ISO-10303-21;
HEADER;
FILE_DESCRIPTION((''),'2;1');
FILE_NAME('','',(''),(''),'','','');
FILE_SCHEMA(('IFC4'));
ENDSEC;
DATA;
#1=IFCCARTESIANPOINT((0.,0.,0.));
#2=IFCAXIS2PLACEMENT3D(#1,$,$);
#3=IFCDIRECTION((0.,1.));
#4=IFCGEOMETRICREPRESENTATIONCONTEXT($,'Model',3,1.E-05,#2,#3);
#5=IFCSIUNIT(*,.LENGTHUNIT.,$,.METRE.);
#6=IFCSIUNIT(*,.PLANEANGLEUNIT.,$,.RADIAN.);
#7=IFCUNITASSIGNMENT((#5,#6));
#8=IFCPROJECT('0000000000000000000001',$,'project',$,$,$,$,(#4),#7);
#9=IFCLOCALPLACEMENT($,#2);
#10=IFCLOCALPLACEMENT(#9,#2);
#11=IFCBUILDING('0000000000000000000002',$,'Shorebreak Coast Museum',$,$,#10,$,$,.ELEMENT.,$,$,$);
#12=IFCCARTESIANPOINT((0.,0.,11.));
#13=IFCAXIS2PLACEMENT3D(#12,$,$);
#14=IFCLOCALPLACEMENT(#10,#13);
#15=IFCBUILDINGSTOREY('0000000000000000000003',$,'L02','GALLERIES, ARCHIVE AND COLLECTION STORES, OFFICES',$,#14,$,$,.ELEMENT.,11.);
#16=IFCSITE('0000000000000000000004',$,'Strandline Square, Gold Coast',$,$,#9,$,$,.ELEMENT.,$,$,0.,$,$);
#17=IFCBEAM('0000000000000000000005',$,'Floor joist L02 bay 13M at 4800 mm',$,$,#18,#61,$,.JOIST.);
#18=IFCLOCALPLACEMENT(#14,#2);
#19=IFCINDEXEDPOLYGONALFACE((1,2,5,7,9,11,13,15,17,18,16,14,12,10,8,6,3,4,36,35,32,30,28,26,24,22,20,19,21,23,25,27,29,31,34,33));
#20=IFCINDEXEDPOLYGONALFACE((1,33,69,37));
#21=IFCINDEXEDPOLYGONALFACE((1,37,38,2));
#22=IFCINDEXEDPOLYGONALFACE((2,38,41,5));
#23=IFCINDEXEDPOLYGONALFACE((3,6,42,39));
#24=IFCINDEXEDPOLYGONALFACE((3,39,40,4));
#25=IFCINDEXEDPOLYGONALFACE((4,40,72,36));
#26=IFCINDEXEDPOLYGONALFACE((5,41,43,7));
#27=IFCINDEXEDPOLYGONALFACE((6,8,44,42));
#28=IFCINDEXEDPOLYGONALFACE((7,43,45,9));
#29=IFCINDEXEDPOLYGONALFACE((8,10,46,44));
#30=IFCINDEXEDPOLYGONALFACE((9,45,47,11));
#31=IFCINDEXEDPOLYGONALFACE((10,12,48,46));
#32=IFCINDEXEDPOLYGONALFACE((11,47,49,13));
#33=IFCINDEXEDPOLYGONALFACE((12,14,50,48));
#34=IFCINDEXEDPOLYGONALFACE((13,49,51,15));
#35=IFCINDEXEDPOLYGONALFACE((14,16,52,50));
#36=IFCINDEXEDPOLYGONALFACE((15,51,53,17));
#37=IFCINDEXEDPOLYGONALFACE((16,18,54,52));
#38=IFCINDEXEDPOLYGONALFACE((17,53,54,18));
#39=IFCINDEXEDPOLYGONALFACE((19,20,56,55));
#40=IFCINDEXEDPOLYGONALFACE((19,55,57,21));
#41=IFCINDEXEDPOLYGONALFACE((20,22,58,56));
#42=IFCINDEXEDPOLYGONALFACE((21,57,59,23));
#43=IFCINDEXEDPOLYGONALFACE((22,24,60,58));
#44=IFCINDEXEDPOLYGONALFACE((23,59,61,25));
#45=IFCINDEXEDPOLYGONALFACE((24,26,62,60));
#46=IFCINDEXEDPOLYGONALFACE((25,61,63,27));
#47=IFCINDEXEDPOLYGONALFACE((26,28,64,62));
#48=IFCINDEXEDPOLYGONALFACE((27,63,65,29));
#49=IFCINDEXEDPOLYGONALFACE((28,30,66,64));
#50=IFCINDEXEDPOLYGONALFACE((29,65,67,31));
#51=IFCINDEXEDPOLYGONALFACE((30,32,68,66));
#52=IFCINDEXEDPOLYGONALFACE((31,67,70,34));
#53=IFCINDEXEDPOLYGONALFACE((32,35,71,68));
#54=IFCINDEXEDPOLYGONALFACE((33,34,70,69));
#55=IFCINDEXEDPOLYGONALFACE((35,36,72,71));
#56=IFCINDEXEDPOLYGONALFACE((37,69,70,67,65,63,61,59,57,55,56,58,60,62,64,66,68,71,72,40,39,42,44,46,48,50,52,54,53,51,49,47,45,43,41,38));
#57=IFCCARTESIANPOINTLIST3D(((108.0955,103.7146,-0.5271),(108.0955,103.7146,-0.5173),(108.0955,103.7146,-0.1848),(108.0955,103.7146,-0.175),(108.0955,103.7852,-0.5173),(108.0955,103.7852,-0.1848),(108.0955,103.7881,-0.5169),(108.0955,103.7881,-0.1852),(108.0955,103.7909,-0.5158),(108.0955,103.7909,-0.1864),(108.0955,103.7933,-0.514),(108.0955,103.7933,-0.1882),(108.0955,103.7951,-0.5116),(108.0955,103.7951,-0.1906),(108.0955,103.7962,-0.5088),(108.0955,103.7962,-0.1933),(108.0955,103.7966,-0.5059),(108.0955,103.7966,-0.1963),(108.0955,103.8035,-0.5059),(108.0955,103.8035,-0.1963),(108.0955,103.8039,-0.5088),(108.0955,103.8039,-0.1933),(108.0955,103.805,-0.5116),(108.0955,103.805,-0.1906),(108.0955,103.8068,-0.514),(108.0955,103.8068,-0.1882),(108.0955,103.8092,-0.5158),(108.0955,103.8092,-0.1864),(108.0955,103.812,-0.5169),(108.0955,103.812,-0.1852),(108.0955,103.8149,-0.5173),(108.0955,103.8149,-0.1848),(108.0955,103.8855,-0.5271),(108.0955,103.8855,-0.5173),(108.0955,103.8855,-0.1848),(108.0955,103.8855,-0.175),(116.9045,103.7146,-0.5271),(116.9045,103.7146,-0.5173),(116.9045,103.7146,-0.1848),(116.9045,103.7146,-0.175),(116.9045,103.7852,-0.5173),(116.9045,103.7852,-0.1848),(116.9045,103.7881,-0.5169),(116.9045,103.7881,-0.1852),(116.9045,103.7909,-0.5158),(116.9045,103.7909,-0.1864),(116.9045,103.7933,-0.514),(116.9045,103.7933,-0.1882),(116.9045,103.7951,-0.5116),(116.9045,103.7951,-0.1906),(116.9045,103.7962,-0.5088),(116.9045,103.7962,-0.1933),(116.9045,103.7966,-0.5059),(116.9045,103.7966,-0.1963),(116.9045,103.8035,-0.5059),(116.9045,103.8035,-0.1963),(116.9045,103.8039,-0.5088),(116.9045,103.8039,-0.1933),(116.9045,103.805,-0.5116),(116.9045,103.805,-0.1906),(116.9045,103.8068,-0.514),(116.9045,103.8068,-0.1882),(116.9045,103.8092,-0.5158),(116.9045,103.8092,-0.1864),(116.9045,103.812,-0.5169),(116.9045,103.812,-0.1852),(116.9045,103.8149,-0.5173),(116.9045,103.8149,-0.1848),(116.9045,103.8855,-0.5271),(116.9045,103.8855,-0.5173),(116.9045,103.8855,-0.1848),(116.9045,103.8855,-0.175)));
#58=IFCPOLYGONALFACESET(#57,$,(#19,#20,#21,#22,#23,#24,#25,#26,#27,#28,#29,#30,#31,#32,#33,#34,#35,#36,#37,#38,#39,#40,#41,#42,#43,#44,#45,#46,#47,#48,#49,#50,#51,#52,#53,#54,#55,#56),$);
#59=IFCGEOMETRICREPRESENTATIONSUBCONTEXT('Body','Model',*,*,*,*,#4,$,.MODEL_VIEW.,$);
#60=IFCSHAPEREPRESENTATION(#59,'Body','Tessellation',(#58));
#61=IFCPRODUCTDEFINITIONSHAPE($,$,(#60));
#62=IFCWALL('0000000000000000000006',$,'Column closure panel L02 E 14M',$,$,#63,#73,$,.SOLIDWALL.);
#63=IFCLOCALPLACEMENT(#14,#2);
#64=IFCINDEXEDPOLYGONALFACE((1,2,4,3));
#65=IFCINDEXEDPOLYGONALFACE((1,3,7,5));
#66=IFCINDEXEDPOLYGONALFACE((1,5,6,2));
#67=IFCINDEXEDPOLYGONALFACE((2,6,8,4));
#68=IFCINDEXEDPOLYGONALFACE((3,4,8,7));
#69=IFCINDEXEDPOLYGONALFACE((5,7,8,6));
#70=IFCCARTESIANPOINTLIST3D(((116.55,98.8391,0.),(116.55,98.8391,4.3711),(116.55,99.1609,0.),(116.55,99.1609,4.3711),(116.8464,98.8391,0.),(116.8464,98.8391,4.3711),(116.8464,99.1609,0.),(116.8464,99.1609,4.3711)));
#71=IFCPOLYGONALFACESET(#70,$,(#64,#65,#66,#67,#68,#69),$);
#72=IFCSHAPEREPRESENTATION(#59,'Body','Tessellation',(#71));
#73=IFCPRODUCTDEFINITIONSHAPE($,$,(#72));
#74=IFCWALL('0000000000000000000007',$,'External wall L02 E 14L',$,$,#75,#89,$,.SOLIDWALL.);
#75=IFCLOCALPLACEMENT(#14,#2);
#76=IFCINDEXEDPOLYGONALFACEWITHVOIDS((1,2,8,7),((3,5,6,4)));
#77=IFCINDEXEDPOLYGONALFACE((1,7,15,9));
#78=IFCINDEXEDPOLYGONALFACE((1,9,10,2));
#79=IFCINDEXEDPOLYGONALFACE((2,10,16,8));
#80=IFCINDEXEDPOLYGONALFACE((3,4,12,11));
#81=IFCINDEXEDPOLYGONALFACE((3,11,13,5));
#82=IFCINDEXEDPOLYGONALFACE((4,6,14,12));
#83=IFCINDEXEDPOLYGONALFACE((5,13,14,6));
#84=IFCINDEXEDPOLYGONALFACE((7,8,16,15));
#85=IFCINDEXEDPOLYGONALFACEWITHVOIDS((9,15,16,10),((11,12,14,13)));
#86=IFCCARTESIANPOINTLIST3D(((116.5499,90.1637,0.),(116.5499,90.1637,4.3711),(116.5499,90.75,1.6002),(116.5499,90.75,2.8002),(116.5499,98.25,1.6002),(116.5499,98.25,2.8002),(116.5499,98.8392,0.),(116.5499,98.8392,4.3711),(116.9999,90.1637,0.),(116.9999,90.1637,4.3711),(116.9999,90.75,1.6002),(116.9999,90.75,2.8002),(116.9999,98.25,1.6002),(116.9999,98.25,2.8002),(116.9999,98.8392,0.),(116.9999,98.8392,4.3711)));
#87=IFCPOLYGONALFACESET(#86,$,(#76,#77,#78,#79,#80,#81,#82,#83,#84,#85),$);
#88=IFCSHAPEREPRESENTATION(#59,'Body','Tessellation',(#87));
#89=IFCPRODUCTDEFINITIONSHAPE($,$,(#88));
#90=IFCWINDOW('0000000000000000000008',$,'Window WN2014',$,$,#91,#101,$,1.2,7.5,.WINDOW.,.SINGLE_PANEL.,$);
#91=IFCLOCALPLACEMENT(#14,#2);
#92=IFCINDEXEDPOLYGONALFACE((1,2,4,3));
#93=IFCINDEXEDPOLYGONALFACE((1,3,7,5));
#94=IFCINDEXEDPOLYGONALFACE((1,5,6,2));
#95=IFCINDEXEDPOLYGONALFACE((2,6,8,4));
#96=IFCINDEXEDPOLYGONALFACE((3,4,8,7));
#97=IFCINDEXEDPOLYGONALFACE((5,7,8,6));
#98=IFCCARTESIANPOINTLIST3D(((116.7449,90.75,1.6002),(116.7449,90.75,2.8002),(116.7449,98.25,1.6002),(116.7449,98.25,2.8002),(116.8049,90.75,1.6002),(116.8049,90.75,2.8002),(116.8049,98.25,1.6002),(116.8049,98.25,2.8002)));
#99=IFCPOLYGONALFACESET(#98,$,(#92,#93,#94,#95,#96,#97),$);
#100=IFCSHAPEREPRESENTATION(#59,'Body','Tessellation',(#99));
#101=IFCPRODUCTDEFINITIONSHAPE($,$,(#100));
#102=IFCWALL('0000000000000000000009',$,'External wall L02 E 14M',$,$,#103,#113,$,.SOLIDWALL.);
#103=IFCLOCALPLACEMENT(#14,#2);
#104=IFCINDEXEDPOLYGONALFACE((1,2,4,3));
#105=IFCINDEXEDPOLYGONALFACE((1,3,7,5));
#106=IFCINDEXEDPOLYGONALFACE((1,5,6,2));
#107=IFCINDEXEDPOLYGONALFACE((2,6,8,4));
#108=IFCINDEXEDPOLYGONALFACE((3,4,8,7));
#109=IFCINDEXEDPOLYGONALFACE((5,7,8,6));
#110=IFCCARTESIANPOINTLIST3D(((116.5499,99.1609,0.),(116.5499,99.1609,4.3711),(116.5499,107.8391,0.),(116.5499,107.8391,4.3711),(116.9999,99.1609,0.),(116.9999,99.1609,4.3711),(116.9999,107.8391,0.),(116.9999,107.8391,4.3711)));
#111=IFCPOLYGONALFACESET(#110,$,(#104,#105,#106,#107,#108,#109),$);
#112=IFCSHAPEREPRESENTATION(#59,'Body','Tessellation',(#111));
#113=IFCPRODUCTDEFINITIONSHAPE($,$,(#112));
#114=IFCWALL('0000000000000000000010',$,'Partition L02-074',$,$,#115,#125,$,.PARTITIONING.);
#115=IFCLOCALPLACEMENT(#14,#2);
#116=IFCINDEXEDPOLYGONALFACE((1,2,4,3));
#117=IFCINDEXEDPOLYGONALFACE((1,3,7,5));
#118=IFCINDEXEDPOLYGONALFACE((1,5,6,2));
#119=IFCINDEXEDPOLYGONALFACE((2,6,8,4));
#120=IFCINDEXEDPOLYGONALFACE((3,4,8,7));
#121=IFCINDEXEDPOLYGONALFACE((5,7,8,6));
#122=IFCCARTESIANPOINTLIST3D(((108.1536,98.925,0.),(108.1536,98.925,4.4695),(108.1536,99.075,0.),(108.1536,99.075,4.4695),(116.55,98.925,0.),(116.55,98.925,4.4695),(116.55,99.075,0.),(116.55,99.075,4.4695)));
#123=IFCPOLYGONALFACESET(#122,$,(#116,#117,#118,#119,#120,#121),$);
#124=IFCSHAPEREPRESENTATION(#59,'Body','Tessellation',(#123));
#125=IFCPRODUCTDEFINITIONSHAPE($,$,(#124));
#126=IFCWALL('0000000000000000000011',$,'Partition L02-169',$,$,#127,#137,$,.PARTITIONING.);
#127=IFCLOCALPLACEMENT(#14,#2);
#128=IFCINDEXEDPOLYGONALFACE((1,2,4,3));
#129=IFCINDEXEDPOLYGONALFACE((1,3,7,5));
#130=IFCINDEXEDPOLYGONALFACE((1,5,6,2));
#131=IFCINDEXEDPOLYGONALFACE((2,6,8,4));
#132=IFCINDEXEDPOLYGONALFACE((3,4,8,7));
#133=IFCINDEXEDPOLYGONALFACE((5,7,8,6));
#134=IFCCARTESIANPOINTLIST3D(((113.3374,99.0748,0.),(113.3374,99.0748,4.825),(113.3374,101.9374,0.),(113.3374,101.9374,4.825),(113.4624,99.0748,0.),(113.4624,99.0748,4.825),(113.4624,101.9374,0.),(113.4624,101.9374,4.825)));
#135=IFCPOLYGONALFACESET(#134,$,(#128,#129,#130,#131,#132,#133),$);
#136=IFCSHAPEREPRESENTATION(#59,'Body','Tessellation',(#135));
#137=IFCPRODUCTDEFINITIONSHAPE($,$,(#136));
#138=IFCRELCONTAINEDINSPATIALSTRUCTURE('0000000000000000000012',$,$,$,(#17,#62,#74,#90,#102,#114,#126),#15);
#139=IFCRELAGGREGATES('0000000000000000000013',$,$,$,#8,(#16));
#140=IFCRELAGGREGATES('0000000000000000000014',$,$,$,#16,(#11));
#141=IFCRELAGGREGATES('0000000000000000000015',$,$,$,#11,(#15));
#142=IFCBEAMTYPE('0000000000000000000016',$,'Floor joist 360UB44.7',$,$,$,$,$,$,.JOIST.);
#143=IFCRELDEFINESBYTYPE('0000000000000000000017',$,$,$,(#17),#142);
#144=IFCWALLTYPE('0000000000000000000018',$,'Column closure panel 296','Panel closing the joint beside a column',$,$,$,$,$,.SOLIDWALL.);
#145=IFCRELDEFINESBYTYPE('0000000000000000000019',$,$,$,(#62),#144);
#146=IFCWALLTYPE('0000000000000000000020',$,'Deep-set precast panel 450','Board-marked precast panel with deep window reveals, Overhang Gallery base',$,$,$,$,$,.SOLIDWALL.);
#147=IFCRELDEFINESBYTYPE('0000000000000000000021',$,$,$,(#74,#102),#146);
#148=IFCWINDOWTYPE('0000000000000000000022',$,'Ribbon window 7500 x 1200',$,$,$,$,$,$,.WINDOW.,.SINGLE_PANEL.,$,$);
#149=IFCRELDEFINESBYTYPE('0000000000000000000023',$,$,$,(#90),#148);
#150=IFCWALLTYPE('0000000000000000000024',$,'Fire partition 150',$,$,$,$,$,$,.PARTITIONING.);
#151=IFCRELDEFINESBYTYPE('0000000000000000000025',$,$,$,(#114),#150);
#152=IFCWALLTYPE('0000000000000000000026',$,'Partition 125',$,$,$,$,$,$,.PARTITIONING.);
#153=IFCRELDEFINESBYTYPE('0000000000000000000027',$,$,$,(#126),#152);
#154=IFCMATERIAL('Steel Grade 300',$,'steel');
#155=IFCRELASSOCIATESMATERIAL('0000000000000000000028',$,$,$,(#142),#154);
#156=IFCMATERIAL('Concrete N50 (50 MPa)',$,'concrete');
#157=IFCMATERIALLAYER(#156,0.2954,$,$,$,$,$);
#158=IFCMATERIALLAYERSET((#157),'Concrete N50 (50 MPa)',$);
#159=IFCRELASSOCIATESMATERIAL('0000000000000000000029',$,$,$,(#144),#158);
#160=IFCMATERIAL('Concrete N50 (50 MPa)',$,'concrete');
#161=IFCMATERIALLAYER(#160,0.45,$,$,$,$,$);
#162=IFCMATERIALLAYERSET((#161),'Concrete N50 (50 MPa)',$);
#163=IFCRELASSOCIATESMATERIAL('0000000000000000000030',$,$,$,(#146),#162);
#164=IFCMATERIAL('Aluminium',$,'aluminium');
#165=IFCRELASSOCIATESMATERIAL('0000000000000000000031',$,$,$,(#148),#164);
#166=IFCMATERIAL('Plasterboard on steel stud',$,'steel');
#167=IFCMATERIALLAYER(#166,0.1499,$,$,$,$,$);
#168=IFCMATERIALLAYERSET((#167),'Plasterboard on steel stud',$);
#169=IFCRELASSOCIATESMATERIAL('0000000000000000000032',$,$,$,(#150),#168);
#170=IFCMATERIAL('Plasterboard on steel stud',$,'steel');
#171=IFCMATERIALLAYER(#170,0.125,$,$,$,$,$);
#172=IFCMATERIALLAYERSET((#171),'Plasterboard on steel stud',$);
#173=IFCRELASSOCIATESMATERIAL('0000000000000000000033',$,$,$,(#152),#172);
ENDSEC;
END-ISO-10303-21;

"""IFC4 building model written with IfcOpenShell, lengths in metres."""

from ifc_helpers import new_model, si_unit, direction, frame, frame_2d, origin, origin_2d, place, context, subcontext, project, spatial, rectangle, i_section, extrude, material, layer, layer_set, material_profile, profile_set, type_object, element, fill, save


model = new_model("IFC4")

# Units and contexts
model_context = context("Model", 3, precision=1e-05, world=origin(), true_north=direction((0.0, 1.0)))
body_context = subcontext(model_context, "Body", "Model", "MODEL_VIEW")
ifc_project = project(units=[si_unit("LENGTHUNIT", "METRE"), si_unit("PLANEANGLEUNIT", "RADIAN")], contexts=[model_context])

# Site, building, storey
site_placement = place(None, origin())
site = spatial("IfcSite", under=ifc_project, at=site_placement, Name="Strandline Square, Gold Coast", CompositionType="ELEMENT", RefElevation=0.0)
building_placement = place(site_placement, origin())
building = spatial("IfcBuilding", under=site, at=building_placement, Name="Shorebreak Coast Museum", CompositionType="ELEMENT")
storey_placement = place(building_placement, frame((0.0, 0.0, 11.0)))
storey = spatial("IfcBuildingStorey", under=building, at=storey_placement, Name="L02", Description="GALLERIES, ARCHIVE AND COLLECTION STORES, OFFICES", CompositionType="ELEMENT", Elevation=11.0)

# Beam
ifc_material_1 = material(Name="Steel Grade 300", Category="steel")
ifc_material_profile_1 = material_profile(ifc_material_1, i_section(OverallWidth=0.1709, OverallDepth=0.3521, WebThickness=0.0068, FlangeThickness=0.0098, FilletRadius=0.0115, at=origin_2d()), Name="360UB44.7")
ifc_profile_set_1 = profile_set([ifc_material_profile_1], Name="Steel Grade 300")
beam_type_1 = type_object("IfcBeamType", Name="Floor joist 360UB44.7", PredefinedType="JOIST", material=ifc_profile_set_1)
for number, where, z_axis, x_axis, name in (
    (1, (108.0955, 103.8, -0.3511), (1.0, 0.0, 0.0), (0.0, 1.0, 0.0), "Floor joist L02 bay 13M at 4800 mm"),
):
    element("IfcBeam", number, at=place(storey_placement, frame(where, z_axis=z_axis, x_axis=x_axis)), inside=storey, type_object=beam_type_1, Name=name, PredefinedType="JOIST", context=body_context, shape_type="SweptSolid", body=[
        extrude(i_section(OverallWidth=0.1709, OverallDepth=0.3521, WebThickness=0.0068, FlangeThickness=0.0098, FilletRadius=0.0115, at=origin_2d()), origin(), (0.0, 0.0, 1.0), 8.8091),
    ])

# Wall
ifc_material_2 = material(Name="Concrete N50 (50 MPa)", Category="concrete")
ifc_layer_1 = layer(ifc_material_2, 0.2954)
ifc_layer_set_1 = layer_set([ifc_layer_1], Name="Concrete N50 (50 MPa)")
wall_type_1 = type_object("IfcWallType", Name="Column closure panel 296", Description="Panel closing the joint beside a column", PredefinedType="SOLIDWALL", material=ifc_layer_set_1)
wall_1_placement = place(storey_placement, frame((116.6982, 98.8391, 0.0), z_axis=(0.0, 0.0, 1.0), x_axis=(0.0, 1.0, 0.0)))
element("IfcWall", 2, at=wall_1_placement, inside=storey, type_object=wall_type_1, Name="Column closure panel L02 E 14M", PredefinedType="SOLIDWALL", context=body_context, shape_type="SweptSolid", body=[
    extrude(rectangle(XDim=0.3218, YDim=0.2964, at=frame_2d((0.1609, 0.0))), origin(), (0.0, 0.0, 1.0), 4.3711),
])

# Wall, opening, window
ifc_material_3 = material(Name="Concrete N50 (50 MPa)", Category="concrete")
ifc_layer_2 = layer(ifc_material_3, 0.45)
ifc_layer_set_2 = layer_set([ifc_layer_2], Name="Concrete N50 (50 MPa)")
wall_type_2 = type_object("IfcWallType", Name="Deep-set precast panel 450", Description="Board-marked precast panel with deep window reveals, Overhang Gallery base", PredefinedType="SOLIDWALL", material=ifc_layer_set_2)
wall_2_placement = place(storey_placement, frame((116.7749, 90.1636, 0.0), z_axis=(0.0, 0.0, 1.0), x_axis=(0.0, 1.0, 0.0)))
wall_2 = element("IfcWall", 3, at=wall_2_placement, inside=storey, type_object=wall_type_2, Name="External wall L02 E 14L", PredefinedType="SOLIDWALL", context=body_context, shape_type="SweptSolid", body=[
    extrude(rectangle(XDim=8.6755, YDim=0.45, at=frame_2d((4.3379, 0.0))), origin(), (0.0, 0.0, 1.0), 4.3711),
])
opening_1_placement = place(wall_2_placement, frame((0.5864, 0.0, 1.6001)))
opening_1 = element("IfcOpeningElement", 4, at=opening_1_placement, cuts=wall_2, PredefinedType="OPENING", context=body_context, shape_type="SweptSolid", body=[
    extrude(rectangle(XDim=7.5, YDim=1.2, at=frame_2d((3.75, 0.6001))), frame((0.0, 0.2349, 0.0), z_axis=(0.0, -1.0, 0.0), x_axis=(1.0, 0.0, 0.0)), (0.0, 0.0, 1.0), 0.47),
])
ifc_material_4 = material(Name="Aluminium", Category="aluminium")
window_type_1 = type_object("IfcWindowType", Name="Ribbon window 7500 x 1200", PartitioningType="SINGLE_PANEL", PredefinedType="WINDOW", material=ifc_material_4)
window_1_placement = place(opening_1_placement, origin())
window_1 = element("IfcWindow", 5, at=window_1_placement, inside=storey, type_object=window_type_1, Name="Window WN2014", OverallHeight=1.2, OverallWidth=7.5, PartitioningType="SINGLE_PANEL", PredefinedType="WINDOW", context=body_context, shape_type="SweptSolid", body=[
    extrude(rectangle(XDim=7.5, YDim=1.2, at=frame_2d((3.75, 0.6001))), frame((0.0, 0.03, 0.0), z_axis=(0.0, -1.0, 0.0), x_axis=(1.0, 0.0, 0.0)), (0.0, 0.0, 1.0), 0.0601),
])
fill(opening_1, window_1)

# Walls
wall_3_placement = place(storey_placement, frame((116.7749, 99.1609, 0.0), z_axis=(0.0, 0.0, 1.0), x_axis=(0.0, 1.0, 0.0)))
element("IfcWall", 6, at=wall_3_placement, inside=storey, type_object=wall_type_2, Name="External wall L02 E 14M", PredefinedType="SOLIDWALL", context=body_context, shape_type="SweptSolid", body=[
    extrude(rectangle(XDim=8.6782, YDim=0.45, at=frame_2d((4.3391, 0.0))), origin(), (0.0, 0.0, 1.0), 4.3711),
])
ifc_material_5 = material(Name="Plasterboard on steel stud", Category="steel")
ifc_layer_3 = layer(ifc_material_5, 0.1499)
ifc_layer_set_3 = layer_set([ifc_layer_3], Name="Plasterboard on steel stud")
wall_type_3 = type_object("IfcWallType", Name="Fire partition 150", PredefinedType="PARTITIONING", material=ifc_layer_set_3)
wall_4_placement = place(storey_placement, frame((108.1536, 99.0, 0.0), z_axis=(0.0, 0.0, 1.0), x_axis=(1.0, 0.0, 0.0)))
element("IfcWall", 7, at=wall_4_placement, inside=storey, type_object=wall_type_3, Name="Partition L02-074", PredefinedType="PARTITIONING", context=body_context, shape_type="SweptSolid", body=[
    extrude(rectangle(XDim=8.3965, YDim=0.1499, at=frame_2d((4.1982, 0.0))), origin(), (0.0, 0.0, 1.0), 4.4695),
])
ifc_material_6 = material(Name="Plasterboard on steel stud", Category="steel")
ifc_layer_4 = layer(ifc_material_6, 0.125)
ifc_layer_set_4 = layer_set([ifc_layer_4], Name="Plasterboard on steel stud")
wall_type_4 = type_object("IfcWallType", Name="Partition 125", PredefinedType="PARTITIONING", material=ifc_layer_set_4)
wall_5_placement = place(storey_placement, frame((113.3999, 99.075, 0.0), z_axis=(0.0, 0.0, 1.0), x_axis=(0.0, 1.0, 0.0)))
element("IfcWall", 8, at=wall_5_placement, inside=storey, type_object=wall_type_4, Name="Partition L02-169", PredefinedType="PARTITIONING", context=body_context, shape_type="SweptSolid", body=[
    extrude(rectangle(XDim=2.8625, YDim=0.125, at=frame_2d((1.4312, 0.0))), origin(), (0.0, 0.0, 1.0), 4.825),
])

save(model, "model.ifc")
